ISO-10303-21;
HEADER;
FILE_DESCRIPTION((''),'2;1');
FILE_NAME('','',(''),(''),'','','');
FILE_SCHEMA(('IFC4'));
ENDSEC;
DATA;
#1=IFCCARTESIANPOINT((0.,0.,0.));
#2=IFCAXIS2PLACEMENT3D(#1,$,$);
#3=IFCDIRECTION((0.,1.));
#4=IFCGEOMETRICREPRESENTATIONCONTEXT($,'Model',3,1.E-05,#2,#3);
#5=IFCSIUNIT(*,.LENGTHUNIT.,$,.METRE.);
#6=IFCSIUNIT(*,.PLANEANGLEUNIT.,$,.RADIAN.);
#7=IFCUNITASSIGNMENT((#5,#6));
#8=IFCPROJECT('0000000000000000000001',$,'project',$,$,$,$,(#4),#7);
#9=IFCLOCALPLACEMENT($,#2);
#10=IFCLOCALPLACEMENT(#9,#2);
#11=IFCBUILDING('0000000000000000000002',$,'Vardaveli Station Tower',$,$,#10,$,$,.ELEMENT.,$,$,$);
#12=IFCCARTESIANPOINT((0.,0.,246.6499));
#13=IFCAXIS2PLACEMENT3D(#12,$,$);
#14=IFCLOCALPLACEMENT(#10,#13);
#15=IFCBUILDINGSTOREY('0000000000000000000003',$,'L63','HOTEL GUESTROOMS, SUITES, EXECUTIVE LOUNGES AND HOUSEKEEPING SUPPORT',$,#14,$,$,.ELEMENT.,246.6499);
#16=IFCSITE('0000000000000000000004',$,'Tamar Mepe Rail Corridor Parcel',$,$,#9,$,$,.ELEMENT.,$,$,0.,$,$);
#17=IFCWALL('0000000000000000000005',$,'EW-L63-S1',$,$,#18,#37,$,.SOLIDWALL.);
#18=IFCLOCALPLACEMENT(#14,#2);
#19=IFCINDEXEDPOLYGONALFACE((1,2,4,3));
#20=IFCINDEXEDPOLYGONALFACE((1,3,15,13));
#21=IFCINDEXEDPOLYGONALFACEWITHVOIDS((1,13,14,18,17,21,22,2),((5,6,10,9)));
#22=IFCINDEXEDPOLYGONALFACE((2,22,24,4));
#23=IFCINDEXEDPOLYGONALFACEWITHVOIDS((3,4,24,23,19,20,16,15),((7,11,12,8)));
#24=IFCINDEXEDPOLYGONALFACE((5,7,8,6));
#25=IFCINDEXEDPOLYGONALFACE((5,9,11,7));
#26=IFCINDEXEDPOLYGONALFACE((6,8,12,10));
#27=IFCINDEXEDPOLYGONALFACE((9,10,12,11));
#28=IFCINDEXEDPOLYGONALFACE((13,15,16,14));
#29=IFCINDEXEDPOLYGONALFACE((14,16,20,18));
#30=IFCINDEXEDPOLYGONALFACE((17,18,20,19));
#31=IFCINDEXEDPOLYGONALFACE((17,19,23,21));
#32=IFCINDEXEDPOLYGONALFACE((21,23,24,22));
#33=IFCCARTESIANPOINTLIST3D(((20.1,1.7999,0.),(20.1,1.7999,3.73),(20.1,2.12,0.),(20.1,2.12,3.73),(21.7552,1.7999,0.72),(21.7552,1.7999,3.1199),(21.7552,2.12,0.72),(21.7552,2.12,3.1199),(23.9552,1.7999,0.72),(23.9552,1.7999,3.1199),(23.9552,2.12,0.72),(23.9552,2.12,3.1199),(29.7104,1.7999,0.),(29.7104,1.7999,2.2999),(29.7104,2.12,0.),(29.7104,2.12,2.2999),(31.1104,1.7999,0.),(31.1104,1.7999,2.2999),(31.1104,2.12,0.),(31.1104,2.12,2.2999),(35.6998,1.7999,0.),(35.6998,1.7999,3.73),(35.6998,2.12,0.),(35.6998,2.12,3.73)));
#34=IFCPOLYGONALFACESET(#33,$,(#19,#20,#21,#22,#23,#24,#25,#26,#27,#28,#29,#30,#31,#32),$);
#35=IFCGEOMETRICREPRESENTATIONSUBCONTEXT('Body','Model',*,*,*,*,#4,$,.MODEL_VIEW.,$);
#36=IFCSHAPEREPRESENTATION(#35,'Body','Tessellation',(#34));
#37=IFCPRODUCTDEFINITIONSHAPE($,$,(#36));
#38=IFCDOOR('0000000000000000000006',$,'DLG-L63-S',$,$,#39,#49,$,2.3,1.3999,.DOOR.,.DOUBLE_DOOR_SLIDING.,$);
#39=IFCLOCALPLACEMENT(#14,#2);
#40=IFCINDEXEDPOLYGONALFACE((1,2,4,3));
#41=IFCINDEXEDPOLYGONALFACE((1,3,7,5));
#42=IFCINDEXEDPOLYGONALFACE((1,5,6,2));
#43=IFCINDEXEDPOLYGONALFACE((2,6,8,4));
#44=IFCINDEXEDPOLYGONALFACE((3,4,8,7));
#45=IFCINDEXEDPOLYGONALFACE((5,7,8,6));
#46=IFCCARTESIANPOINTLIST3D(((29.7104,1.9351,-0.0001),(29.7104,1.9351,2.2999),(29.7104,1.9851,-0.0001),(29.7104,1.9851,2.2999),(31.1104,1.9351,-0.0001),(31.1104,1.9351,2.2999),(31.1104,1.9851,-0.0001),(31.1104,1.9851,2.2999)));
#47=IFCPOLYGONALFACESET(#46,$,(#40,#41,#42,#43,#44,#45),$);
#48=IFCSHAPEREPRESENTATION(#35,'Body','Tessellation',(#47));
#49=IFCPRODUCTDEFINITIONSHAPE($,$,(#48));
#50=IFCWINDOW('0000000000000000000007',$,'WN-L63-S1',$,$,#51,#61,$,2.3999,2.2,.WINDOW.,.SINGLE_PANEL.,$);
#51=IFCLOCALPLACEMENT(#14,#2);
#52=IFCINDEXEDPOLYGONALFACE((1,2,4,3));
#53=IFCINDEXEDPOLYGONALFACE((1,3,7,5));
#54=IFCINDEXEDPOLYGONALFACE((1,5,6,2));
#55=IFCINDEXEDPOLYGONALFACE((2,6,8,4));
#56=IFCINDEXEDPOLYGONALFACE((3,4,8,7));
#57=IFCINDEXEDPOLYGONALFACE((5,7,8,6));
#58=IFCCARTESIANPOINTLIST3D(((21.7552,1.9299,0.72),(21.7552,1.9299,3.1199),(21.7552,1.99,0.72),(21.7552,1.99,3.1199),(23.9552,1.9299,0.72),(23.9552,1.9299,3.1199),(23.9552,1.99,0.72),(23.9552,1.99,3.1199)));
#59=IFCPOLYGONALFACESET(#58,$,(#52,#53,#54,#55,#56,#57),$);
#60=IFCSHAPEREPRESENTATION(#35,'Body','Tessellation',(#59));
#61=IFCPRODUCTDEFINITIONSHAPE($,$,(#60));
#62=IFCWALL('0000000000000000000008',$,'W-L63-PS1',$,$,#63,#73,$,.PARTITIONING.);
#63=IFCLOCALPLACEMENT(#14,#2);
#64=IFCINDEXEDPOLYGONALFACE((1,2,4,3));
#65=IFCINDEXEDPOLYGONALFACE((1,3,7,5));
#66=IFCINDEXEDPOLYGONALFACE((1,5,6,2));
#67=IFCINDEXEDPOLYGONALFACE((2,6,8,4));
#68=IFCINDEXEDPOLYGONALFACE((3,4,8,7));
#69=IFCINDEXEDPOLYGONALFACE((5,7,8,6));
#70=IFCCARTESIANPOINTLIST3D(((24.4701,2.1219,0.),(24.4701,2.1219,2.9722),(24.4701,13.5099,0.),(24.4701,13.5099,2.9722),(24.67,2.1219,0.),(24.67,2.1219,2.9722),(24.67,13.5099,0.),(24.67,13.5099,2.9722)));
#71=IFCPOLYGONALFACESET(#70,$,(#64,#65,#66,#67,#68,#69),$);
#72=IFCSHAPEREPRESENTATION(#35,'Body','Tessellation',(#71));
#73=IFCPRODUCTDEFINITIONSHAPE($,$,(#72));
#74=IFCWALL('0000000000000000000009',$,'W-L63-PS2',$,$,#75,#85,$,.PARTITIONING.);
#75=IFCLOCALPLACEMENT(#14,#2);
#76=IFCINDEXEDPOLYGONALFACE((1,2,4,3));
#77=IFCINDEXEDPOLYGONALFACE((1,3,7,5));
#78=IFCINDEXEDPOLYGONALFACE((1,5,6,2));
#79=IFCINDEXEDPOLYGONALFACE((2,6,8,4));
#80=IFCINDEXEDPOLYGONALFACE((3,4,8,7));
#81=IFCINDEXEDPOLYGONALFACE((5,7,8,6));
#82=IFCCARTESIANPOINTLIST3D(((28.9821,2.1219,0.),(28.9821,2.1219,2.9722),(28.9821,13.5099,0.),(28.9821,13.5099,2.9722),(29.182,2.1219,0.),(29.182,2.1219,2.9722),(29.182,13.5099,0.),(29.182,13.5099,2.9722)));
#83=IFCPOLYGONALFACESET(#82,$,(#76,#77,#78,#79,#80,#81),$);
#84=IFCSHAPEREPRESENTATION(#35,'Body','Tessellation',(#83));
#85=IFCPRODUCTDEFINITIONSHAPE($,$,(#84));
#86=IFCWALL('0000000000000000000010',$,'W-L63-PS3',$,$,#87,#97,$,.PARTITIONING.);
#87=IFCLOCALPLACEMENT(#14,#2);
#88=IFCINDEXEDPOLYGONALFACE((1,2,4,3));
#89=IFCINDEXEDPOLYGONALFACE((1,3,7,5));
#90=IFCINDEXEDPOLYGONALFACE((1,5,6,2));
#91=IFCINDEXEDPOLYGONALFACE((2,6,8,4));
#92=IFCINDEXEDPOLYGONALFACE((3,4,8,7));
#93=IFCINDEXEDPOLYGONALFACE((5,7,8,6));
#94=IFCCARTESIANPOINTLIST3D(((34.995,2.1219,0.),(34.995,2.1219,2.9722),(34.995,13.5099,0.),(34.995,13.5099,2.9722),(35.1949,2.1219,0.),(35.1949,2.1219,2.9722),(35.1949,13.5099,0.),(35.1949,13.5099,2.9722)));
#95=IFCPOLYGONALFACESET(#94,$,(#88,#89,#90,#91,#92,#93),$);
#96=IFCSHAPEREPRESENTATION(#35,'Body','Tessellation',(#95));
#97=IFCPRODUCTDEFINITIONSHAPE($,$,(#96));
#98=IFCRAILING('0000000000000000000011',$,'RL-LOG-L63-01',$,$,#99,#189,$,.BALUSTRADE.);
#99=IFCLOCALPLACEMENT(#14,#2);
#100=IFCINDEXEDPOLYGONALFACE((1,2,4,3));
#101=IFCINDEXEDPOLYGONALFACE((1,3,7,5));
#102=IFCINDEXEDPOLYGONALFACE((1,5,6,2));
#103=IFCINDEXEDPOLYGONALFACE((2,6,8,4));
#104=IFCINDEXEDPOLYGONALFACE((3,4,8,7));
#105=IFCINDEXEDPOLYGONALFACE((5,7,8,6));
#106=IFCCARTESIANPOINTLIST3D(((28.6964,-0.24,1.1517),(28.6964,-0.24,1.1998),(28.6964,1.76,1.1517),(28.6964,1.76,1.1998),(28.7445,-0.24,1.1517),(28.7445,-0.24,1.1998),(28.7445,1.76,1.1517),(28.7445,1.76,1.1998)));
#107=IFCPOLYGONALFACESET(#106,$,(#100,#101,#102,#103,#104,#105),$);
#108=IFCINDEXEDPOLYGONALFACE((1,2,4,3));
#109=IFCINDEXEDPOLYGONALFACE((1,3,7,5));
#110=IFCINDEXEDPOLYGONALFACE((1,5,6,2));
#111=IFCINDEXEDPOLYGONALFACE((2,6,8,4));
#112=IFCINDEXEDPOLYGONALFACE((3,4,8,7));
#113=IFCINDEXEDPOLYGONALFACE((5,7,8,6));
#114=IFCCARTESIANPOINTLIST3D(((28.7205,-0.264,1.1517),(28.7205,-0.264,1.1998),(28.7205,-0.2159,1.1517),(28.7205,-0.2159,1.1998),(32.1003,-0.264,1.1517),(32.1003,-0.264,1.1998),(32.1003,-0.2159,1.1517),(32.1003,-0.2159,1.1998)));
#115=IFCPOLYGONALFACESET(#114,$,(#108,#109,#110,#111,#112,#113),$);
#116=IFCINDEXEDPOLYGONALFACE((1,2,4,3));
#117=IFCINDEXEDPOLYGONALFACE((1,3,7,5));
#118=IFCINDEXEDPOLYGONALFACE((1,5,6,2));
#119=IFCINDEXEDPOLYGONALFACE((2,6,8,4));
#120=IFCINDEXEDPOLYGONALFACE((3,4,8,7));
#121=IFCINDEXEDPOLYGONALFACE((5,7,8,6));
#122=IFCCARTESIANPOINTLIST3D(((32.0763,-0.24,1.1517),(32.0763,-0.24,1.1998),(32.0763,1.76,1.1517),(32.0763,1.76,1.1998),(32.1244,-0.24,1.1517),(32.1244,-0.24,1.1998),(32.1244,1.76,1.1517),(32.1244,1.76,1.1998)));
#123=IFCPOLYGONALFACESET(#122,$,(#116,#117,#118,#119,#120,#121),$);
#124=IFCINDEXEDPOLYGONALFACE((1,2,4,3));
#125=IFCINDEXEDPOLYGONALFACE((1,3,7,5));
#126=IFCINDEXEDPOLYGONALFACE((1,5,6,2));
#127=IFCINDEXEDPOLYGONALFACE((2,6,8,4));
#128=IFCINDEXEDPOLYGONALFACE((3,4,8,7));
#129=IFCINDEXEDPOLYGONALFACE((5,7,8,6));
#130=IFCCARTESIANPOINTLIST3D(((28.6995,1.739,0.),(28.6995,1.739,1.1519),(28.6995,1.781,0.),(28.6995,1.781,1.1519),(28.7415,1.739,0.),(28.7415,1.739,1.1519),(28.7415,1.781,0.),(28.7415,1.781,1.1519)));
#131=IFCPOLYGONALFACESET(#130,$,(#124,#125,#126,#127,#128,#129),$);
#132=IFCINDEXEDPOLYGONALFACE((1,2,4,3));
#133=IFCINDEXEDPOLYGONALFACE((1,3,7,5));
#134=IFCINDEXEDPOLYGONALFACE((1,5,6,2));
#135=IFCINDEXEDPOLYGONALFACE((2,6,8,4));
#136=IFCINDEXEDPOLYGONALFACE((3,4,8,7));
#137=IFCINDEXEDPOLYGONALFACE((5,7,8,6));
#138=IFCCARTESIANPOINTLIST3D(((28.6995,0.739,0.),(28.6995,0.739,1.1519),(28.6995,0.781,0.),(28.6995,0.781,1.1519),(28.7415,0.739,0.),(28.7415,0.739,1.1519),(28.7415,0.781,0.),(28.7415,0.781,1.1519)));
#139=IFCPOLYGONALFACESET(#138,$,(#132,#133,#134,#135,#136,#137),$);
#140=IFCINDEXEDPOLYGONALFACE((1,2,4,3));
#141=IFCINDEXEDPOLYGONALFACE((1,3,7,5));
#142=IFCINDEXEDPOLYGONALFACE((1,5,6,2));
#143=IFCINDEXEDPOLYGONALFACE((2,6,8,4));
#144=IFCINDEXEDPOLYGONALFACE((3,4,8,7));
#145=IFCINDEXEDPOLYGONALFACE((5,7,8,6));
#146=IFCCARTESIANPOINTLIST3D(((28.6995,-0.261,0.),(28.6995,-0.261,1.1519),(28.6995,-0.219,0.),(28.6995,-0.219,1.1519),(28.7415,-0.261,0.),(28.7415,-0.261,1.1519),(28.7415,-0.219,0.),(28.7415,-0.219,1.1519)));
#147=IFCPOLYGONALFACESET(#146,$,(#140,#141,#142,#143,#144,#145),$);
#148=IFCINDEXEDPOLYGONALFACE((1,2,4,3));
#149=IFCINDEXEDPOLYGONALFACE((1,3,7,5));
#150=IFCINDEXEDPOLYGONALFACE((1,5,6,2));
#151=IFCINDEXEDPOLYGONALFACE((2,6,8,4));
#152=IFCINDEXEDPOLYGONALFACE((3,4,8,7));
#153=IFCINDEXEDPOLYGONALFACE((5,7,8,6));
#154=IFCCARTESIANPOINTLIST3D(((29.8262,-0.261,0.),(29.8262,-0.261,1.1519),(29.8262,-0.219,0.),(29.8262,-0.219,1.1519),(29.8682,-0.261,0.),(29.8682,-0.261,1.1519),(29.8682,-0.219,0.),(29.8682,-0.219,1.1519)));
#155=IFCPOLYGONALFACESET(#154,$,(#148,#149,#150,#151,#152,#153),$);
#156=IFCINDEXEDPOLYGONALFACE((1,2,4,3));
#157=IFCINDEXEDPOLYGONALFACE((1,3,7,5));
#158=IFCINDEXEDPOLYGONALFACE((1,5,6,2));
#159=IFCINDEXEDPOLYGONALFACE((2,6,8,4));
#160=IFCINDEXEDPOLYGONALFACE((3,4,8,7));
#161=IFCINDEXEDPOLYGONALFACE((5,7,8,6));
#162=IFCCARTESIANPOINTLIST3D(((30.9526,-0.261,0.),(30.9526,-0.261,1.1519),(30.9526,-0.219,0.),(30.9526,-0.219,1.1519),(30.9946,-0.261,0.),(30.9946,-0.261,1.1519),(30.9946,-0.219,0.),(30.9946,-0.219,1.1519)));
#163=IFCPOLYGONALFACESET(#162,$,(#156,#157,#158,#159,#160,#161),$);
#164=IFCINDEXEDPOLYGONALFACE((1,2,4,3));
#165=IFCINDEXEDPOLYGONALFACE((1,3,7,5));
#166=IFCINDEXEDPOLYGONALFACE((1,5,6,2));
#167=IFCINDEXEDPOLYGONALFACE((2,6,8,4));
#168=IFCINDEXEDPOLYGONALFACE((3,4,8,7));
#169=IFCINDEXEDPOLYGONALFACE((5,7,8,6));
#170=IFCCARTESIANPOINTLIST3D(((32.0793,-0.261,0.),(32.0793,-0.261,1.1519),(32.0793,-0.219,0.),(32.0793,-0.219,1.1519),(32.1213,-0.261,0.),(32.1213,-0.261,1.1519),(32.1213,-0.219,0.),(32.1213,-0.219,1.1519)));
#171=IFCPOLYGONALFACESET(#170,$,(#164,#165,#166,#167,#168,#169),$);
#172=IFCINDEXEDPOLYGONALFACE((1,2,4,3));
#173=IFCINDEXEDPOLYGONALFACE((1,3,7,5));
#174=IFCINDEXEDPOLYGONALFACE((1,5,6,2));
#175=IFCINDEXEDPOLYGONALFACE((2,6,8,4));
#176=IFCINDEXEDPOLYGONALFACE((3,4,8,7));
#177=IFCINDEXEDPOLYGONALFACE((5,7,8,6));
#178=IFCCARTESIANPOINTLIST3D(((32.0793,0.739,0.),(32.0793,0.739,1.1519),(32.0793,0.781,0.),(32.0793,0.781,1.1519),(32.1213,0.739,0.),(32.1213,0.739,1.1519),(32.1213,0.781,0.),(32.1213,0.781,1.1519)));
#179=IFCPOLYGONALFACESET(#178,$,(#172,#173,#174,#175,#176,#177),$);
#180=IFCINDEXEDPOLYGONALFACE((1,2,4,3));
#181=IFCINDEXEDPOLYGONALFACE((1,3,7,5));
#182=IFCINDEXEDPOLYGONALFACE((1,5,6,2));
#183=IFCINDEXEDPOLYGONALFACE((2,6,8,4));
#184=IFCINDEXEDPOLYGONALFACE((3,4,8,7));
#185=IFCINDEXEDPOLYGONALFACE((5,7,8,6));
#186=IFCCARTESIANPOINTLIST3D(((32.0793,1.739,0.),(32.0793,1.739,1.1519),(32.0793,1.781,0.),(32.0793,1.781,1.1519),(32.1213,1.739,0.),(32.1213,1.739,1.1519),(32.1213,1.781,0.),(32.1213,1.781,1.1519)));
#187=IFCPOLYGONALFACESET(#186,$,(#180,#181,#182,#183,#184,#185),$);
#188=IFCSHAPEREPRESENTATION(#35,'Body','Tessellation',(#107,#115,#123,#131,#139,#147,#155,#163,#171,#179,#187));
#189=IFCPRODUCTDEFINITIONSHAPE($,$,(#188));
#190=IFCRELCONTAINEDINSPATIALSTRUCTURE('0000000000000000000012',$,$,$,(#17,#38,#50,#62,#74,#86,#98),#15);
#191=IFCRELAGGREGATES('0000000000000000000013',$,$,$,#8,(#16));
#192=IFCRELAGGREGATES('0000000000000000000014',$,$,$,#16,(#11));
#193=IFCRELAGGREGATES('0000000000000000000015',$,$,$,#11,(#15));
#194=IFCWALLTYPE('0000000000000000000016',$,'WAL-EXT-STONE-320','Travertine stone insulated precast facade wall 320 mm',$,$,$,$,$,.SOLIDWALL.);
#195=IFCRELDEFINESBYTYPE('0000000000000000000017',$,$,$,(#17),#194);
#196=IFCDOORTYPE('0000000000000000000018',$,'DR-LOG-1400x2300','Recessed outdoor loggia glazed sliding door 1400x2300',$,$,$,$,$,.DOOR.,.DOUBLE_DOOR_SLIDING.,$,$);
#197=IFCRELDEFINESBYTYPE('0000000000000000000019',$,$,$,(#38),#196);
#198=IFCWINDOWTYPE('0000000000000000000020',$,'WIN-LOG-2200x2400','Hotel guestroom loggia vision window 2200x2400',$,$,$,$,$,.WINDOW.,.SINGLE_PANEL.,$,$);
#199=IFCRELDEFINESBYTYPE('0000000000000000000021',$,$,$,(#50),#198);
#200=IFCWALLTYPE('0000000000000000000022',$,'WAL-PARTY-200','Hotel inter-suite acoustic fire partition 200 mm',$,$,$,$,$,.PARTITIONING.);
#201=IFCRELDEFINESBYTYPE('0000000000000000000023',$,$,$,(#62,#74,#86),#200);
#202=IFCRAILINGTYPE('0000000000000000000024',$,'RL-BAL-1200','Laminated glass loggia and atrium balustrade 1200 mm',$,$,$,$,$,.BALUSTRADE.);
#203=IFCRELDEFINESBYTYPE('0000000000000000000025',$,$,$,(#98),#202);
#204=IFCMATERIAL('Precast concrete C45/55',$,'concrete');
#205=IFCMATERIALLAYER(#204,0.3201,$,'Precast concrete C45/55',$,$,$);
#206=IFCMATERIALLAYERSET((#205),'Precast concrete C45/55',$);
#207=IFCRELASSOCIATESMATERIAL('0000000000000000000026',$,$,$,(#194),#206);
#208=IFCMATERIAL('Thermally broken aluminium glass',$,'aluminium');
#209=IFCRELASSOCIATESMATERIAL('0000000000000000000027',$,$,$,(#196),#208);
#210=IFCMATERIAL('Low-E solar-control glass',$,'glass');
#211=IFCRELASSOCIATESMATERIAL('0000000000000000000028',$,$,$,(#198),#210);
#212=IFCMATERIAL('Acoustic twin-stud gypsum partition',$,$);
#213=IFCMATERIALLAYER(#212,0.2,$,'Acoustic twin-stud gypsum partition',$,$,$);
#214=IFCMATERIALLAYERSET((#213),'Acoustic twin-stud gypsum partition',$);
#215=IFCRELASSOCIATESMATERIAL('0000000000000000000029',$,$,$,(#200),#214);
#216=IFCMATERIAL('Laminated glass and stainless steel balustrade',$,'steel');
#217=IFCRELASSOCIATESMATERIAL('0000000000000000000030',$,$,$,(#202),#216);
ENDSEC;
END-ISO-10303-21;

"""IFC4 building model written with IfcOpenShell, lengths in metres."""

from ifc_helpers import new_model, si_unit, direction, frame, frame_2d, origin, origin_2d, place, context, subcontext, project, spatial, rectangle, extrude, source, transform, mapped, material, layer, layer_set, type_object, element, fill, save


model = new_model("IFC4")

# Units and contexts
model_context = context("Model", 3, precision=1e-05, world=origin(), true_north=direction((0.0, 1.0)))
body_context = subcontext(model_context, "Body", "Model", "MODEL_VIEW")
ifc_project = project(units=[si_unit("LENGTHUNIT", "METRE"), si_unit("PLANEANGLEUNIT", "RADIAN")], contexts=[model_context])

# Site, building, storey
site_placement = place(None, origin())
site = spatial("IfcSite", under=ifc_project, at=site_placement, Name="Tamar Mepe Rail Corridor Parcel", CompositionType="ELEMENT", RefElevation=0.0)
building_placement = place(site_placement, origin())
building = spatial("IfcBuilding", under=site, at=building_placement, Name="Vardaveli Station Tower", CompositionType="ELEMENT")
storey_placement = place(building_placement, frame((0.0, 0.0, 246.6499)))
storey = spatial("IfcBuildingStorey", under=building, at=storey_placement, Name="L63", Description="HOTEL GUESTROOMS, SUITES, EXECUTIVE LOUNGES AND HOUSEKEEPING SUPPORT", CompositionType="ELEMENT", Elevation=246.6499)

# Shared definitions
ifc_material_1 = material(Name="Precast concrete C45/55", Category="concrete")

# Wall, openings, door, window
ifc_layer_1 = layer(ifc_material_1, 0.3201, Name="Precast concrete C45/55")
ifc_layer_set_1 = layer_set([ifc_layer_1], Name="Precast concrete C45/55")
wall_type_1 = type_object("IfcWallType", Name="WAL-EXT-STONE-320", Description="Travertine stone insulated precast facade wall 320 mm", PredefinedType="SOLIDWALL", material=ifc_layer_set_1)
shared_shape_1 = source(origin(), body_context, "Body", "SweptSolid", [
    extrude(rectangle(XDim=15.5999, YDim=0.3201, at=frame_2d((7.7998, 0.0))), origin(), (0.0, 0.0, 1.0), 3.73),
])
wall_placement = place(storey_placement, frame((20.1001, 1.96, 0.0), z_axis=(0.0, 0.0, 1.0), x_axis=(1.0, 0.0, 0.0)))
wall = element("IfcWall", 1, at=wall_placement, inside=storey, type_object=wall_type_1, Name="EW-L63-S1", PredefinedType="SOLIDWALL", context=body_context, shape_type="MappedRepresentation", body=[
    mapped(shared_shape_1, transform((0.0, 0.0, 0.0), scale=1.0)),
])
shared_shape_2 = source(origin(), body_context, "Body", "SweptSolid", [
    extrude(rectangle(XDim=1.3999, YDim=2.3, at=frame_2d((0.7, 1.1499))), frame((0.0, 0.1699, 0.0), z_axis=(0.0, -1.0, 0.0), x_axis=(1.0, 0.0, 0.0)), (0.0, 0.0, 1.0), 0.3401),
])
opening_1_placement = place(wall_placement, frame((9.6104, 0.0, 0.0)))
opening_1 = element("IfcOpeningElement", 2, at=opening_1_placement, cuts=wall, PredefinedType="OPENING", context=body_context, shape_type="MappedRepresentation", body=[
    mapped(shared_shape_2, transform((0.0, 0.0, 0.0), scale=1.0)),
])
shared_shape_3 = source(origin(), body_context, "Body", "SweptSolid", [
    extrude(rectangle(XDim=2.2, YDim=2.3999, at=frame_2d((1.1001, 1.2))), frame((0.0, 0.1699, 0.0), z_axis=(0.0, -1.0, 0.0), x_axis=(1.0, 0.0, 0.0)), (0.0, 0.0, 1.0), 0.3401),
])
opening_2_placement = place(wall_placement, frame((1.655, 0.0, 0.72)))
opening_2 = element("IfcOpeningElement", 3, at=opening_2_placement, cuts=wall, PredefinedType="OPENING", context=body_context, shape_type="MappedRepresentation", body=[
    mapped(shared_shape_3, transform((0.0, 0.0, 0.0), scale=1.0)),
])
ifc_material_2 = material(Name="Thermally broken aluminium glass", Category="aluminium")
door_type = type_object("IfcDoorType", Name="DR-LOG-1400x2300", Description="Recessed outdoor loggia glazed sliding door 1400x2300", OperationType="DOUBLE_DOOR_SLIDING", PredefinedType="DOOR", material=ifc_material_2)
shared_shape_4 = source(origin(), body_context, "Body", "SweptSolid", [
    extrude(rectangle(XDim=1.3999, YDim=2.3, at=frame_2d((0.7, 1.1499))), frame((0.0, 0.0249, 0.0), z_axis=(0.0, -1.0, 0.0), x_axis=(1.0, 0.0, 0.0)), (0.0, 0.0, 1.0), 0.05),
])
door_placement = place(opening_1_placement, frame((1.3999, 0.0, 0.0), z_axis=(0.0, 0.0, 1.0), x_axis=(-1.0, 0.0, 0.0)))
door = element("IfcDoor", 4, at=door_placement, inside=storey, type_object=door_type, Name="DLG-L63-S", OperationType="DOUBLE_DOOR_SLIDING", OverallHeight=2.3, OverallWidth=1.3999, PredefinedType="DOOR", context=body_context, shape_type="MappedRepresentation", body=[
    mapped(shared_shape_4, transform((0.0, 0.0, 0.0), scale=1.0)),
])
fill(opening_1, door)
ifc_material_3 = material(Name="Low-E solar-control glass", Category="glass")
window_type = type_object("IfcWindowType", Name="WIN-LOG-2200x2400", Description="Hotel guestroom loggia vision window 2200x2400", PartitioningType="SINGLE_PANEL", PredefinedType="WINDOW", material=ifc_material_3)
shared_shape_5 = source(origin(), body_context, "Body", "SweptSolid", [
    extrude(rectangle(XDim=2.2, YDim=2.3999, at=frame_2d((1.1001, 1.2))), frame((0.0, 0.03, 0.0), z_axis=(0.0, -1.0, 0.0), x_axis=(1.0, 0.0, 0.0)), (0.0, 0.0, 1.0), 0.0601),
])
window_placement = place(opening_2_placement, origin())
window = element("IfcWindow", 5, at=window_placement, inside=storey, type_object=window_type, Name="WN-L63-S1", OverallHeight=2.3999, OverallWidth=2.2, PartitioningType="SINGLE_PANEL", PredefinedType="WINDOW", context=body_context, shape_type="MappedRepresentation", body=[
    mapped(shared_shape_5, transform((0.0, 0.0, 0.0), scale=1.0)),
])
fill(opening_2, window)

# Walls
ifc_material_4 = material(Name="Acoustic twin-stud gypsum partition")
ifc_layer_2 = layer(ifc_material_4, 0.2, Name="Acoustic twin-stud gypsum partition")
ifc_layer_set_2 = layer_set([ifc_layer_2], Name="Acoustic twin-stud gypsum partition")
wall_type_2 = type_object("IfcWallType", Name="WAL-PARTY-200", Description="Hotel inter-suite acoustic fire partition 200 mm", PredefinedType="PARTITIONING", material=ifc_layer_set_2)
shared_shape_6 = source(origin(), body_context, "Body", "SweptSolid", [
    extrude(rectangle(XDim=11.3879, YDim=0.2, at=frame_2d((5.6938, 0.0))), origin(), (0.0, 0.0, 1.0), 2.9722),
])
for number, where, z_axis, x_axis, name in (
    (6, (24.5701, 2.1221, 0.0), (0.0, 0.0, 1.0), (0.0, 1.0, 0.0), "W-L63-PS1"),
    (7, (29.082, 2.1221, 0.0), (0.0, 0.0, 1.0), (0.0, 1.0, 0.0), "W-L63-PS2"),
    (8, (35.095, 2.1221, 0.0), (0.0, 0.0, 1.0), (0.0, 1.0, 0.0), "W-L63-PS3"),
):
    element("IfcWall", number, at=place(storey_placement, frame(where, z_axis=z_axis, x_axis=x_axis)), inside=storey, type_object=wall_type_2, Name=name, PredefinedType="PARTITIONING", context=body_context, shape_type="MappedRepresentation", body=[
        mapped(shared_shape_6, transform((0.0, 0.0, 0.0), scale=1.0)),
    ])

# Railing
ifc_material_5 = material(Name="Laminated glass and stainless steel balustrade", Category="steel")
railing_type = type_object("IfcRailingType", Name="RL-BAL-1200", Description="Laminated glass loggia and atrium balustrade 1200 mm", PredefinedType="BALUSTRADE", material=ifc_material_5)
shared_shape_7 = source(origin(), body_context, "Body", "SweptSolid", [
    extrude(rectangle(XDim=0.0481, YDim=0.0481, at=origin_2d()), frame((0.0, 0.0, 1.1758), z_axis=(0.0, -1.0, 0.0), x_axis=(1.0, 0.0, 0.0)), (0.0, 0.0, 1.0), 2.0),
    extrude(rectangle(XDim=0.0481, YDim=0.0481, at=origin_2d()), frame((0.0, -2.0, 1.1758), z_axis=(1.0, 0.0, 0.0), x_axis=(0.0, 1.0, 0.0)), (0.0, 0.0, 1.0), 3.3799),
    extrude(rectangle(XDim=0.0481, YDim=0.0481, at=origin_2d()), frame((3.3799, -2.0, 1.1758), z_axis=(0.0, 1.0, 0.0), x_axis=(-1.0, 0.0, 0.0)), (0.0, 0.0, 1.0), 2.0),
    extrude(rectangle(XDim=0.042, YDim=0.042, at=origin_2d()), origin(), (0.0, 0.0, 1.0), 1.1519),
    extrude(rectangle(XDim=0.042, YDim=0.042, at=origin_2d()), frame((0.0, -1.0, 0.0)), (0.0, 0.0, 1.0), 1.1519),
    extrude(rectangle(XDim=0.042, YDim=0.042, at=origin_2d()), frame((0.0, -2.0, 0.0)), (0.0, 0.0, 1.0), 1.1519),
    extrude(rectangle(XDim=0.042, YDim=0.042, at=origin_2d()), frame((1.1267, -2.0, 0.0)), (0.0, 0.0, 1.0), 1.1519),
    extrude(rectangle(XDim=0.042, YDim=0.042, at=origin_2d()), frame((2.2532, -2.0, 0.0)), (0.0, 0.0, 1.0), 1.1519),
    extrude(rectangle(XDim=0.042, YDim=0.042, at=origin_2d()), frame((3.3799, -2.0, 0.0)), (0.0, 0.0, 1.0), 1.1519),
    extrude(rectangle(XDim=0.042, YDim=0.042, at=origin_2d()), frame((3.3799, -1.0, 0.0)), (0.0, 0.0, 1.0), 1.1519),
    extrude(rectangle(XDim=0.042, YDim=0.042, at=origin_2d()), frame((3.3799, 0.0, 0.0)), (0.0, 0.0, 1.0), 1.1519),
])
railing_placement = place(storey_placement, frame((28.7205, 1.76, 0.0)))
element("IfcRailing", 9, at=railing_placement, inside=storey, type_object=railing_type, Name="RL-LOG-L63-01", PredefinedType="BALUSTRADE", context=body_context, shape_type="MappedRepresentation", body=[
    mapped(shared_shape_7, transform((0.0, 0.0, 0.0), scale=1.0)),
])

save(model, "model.ifc")
